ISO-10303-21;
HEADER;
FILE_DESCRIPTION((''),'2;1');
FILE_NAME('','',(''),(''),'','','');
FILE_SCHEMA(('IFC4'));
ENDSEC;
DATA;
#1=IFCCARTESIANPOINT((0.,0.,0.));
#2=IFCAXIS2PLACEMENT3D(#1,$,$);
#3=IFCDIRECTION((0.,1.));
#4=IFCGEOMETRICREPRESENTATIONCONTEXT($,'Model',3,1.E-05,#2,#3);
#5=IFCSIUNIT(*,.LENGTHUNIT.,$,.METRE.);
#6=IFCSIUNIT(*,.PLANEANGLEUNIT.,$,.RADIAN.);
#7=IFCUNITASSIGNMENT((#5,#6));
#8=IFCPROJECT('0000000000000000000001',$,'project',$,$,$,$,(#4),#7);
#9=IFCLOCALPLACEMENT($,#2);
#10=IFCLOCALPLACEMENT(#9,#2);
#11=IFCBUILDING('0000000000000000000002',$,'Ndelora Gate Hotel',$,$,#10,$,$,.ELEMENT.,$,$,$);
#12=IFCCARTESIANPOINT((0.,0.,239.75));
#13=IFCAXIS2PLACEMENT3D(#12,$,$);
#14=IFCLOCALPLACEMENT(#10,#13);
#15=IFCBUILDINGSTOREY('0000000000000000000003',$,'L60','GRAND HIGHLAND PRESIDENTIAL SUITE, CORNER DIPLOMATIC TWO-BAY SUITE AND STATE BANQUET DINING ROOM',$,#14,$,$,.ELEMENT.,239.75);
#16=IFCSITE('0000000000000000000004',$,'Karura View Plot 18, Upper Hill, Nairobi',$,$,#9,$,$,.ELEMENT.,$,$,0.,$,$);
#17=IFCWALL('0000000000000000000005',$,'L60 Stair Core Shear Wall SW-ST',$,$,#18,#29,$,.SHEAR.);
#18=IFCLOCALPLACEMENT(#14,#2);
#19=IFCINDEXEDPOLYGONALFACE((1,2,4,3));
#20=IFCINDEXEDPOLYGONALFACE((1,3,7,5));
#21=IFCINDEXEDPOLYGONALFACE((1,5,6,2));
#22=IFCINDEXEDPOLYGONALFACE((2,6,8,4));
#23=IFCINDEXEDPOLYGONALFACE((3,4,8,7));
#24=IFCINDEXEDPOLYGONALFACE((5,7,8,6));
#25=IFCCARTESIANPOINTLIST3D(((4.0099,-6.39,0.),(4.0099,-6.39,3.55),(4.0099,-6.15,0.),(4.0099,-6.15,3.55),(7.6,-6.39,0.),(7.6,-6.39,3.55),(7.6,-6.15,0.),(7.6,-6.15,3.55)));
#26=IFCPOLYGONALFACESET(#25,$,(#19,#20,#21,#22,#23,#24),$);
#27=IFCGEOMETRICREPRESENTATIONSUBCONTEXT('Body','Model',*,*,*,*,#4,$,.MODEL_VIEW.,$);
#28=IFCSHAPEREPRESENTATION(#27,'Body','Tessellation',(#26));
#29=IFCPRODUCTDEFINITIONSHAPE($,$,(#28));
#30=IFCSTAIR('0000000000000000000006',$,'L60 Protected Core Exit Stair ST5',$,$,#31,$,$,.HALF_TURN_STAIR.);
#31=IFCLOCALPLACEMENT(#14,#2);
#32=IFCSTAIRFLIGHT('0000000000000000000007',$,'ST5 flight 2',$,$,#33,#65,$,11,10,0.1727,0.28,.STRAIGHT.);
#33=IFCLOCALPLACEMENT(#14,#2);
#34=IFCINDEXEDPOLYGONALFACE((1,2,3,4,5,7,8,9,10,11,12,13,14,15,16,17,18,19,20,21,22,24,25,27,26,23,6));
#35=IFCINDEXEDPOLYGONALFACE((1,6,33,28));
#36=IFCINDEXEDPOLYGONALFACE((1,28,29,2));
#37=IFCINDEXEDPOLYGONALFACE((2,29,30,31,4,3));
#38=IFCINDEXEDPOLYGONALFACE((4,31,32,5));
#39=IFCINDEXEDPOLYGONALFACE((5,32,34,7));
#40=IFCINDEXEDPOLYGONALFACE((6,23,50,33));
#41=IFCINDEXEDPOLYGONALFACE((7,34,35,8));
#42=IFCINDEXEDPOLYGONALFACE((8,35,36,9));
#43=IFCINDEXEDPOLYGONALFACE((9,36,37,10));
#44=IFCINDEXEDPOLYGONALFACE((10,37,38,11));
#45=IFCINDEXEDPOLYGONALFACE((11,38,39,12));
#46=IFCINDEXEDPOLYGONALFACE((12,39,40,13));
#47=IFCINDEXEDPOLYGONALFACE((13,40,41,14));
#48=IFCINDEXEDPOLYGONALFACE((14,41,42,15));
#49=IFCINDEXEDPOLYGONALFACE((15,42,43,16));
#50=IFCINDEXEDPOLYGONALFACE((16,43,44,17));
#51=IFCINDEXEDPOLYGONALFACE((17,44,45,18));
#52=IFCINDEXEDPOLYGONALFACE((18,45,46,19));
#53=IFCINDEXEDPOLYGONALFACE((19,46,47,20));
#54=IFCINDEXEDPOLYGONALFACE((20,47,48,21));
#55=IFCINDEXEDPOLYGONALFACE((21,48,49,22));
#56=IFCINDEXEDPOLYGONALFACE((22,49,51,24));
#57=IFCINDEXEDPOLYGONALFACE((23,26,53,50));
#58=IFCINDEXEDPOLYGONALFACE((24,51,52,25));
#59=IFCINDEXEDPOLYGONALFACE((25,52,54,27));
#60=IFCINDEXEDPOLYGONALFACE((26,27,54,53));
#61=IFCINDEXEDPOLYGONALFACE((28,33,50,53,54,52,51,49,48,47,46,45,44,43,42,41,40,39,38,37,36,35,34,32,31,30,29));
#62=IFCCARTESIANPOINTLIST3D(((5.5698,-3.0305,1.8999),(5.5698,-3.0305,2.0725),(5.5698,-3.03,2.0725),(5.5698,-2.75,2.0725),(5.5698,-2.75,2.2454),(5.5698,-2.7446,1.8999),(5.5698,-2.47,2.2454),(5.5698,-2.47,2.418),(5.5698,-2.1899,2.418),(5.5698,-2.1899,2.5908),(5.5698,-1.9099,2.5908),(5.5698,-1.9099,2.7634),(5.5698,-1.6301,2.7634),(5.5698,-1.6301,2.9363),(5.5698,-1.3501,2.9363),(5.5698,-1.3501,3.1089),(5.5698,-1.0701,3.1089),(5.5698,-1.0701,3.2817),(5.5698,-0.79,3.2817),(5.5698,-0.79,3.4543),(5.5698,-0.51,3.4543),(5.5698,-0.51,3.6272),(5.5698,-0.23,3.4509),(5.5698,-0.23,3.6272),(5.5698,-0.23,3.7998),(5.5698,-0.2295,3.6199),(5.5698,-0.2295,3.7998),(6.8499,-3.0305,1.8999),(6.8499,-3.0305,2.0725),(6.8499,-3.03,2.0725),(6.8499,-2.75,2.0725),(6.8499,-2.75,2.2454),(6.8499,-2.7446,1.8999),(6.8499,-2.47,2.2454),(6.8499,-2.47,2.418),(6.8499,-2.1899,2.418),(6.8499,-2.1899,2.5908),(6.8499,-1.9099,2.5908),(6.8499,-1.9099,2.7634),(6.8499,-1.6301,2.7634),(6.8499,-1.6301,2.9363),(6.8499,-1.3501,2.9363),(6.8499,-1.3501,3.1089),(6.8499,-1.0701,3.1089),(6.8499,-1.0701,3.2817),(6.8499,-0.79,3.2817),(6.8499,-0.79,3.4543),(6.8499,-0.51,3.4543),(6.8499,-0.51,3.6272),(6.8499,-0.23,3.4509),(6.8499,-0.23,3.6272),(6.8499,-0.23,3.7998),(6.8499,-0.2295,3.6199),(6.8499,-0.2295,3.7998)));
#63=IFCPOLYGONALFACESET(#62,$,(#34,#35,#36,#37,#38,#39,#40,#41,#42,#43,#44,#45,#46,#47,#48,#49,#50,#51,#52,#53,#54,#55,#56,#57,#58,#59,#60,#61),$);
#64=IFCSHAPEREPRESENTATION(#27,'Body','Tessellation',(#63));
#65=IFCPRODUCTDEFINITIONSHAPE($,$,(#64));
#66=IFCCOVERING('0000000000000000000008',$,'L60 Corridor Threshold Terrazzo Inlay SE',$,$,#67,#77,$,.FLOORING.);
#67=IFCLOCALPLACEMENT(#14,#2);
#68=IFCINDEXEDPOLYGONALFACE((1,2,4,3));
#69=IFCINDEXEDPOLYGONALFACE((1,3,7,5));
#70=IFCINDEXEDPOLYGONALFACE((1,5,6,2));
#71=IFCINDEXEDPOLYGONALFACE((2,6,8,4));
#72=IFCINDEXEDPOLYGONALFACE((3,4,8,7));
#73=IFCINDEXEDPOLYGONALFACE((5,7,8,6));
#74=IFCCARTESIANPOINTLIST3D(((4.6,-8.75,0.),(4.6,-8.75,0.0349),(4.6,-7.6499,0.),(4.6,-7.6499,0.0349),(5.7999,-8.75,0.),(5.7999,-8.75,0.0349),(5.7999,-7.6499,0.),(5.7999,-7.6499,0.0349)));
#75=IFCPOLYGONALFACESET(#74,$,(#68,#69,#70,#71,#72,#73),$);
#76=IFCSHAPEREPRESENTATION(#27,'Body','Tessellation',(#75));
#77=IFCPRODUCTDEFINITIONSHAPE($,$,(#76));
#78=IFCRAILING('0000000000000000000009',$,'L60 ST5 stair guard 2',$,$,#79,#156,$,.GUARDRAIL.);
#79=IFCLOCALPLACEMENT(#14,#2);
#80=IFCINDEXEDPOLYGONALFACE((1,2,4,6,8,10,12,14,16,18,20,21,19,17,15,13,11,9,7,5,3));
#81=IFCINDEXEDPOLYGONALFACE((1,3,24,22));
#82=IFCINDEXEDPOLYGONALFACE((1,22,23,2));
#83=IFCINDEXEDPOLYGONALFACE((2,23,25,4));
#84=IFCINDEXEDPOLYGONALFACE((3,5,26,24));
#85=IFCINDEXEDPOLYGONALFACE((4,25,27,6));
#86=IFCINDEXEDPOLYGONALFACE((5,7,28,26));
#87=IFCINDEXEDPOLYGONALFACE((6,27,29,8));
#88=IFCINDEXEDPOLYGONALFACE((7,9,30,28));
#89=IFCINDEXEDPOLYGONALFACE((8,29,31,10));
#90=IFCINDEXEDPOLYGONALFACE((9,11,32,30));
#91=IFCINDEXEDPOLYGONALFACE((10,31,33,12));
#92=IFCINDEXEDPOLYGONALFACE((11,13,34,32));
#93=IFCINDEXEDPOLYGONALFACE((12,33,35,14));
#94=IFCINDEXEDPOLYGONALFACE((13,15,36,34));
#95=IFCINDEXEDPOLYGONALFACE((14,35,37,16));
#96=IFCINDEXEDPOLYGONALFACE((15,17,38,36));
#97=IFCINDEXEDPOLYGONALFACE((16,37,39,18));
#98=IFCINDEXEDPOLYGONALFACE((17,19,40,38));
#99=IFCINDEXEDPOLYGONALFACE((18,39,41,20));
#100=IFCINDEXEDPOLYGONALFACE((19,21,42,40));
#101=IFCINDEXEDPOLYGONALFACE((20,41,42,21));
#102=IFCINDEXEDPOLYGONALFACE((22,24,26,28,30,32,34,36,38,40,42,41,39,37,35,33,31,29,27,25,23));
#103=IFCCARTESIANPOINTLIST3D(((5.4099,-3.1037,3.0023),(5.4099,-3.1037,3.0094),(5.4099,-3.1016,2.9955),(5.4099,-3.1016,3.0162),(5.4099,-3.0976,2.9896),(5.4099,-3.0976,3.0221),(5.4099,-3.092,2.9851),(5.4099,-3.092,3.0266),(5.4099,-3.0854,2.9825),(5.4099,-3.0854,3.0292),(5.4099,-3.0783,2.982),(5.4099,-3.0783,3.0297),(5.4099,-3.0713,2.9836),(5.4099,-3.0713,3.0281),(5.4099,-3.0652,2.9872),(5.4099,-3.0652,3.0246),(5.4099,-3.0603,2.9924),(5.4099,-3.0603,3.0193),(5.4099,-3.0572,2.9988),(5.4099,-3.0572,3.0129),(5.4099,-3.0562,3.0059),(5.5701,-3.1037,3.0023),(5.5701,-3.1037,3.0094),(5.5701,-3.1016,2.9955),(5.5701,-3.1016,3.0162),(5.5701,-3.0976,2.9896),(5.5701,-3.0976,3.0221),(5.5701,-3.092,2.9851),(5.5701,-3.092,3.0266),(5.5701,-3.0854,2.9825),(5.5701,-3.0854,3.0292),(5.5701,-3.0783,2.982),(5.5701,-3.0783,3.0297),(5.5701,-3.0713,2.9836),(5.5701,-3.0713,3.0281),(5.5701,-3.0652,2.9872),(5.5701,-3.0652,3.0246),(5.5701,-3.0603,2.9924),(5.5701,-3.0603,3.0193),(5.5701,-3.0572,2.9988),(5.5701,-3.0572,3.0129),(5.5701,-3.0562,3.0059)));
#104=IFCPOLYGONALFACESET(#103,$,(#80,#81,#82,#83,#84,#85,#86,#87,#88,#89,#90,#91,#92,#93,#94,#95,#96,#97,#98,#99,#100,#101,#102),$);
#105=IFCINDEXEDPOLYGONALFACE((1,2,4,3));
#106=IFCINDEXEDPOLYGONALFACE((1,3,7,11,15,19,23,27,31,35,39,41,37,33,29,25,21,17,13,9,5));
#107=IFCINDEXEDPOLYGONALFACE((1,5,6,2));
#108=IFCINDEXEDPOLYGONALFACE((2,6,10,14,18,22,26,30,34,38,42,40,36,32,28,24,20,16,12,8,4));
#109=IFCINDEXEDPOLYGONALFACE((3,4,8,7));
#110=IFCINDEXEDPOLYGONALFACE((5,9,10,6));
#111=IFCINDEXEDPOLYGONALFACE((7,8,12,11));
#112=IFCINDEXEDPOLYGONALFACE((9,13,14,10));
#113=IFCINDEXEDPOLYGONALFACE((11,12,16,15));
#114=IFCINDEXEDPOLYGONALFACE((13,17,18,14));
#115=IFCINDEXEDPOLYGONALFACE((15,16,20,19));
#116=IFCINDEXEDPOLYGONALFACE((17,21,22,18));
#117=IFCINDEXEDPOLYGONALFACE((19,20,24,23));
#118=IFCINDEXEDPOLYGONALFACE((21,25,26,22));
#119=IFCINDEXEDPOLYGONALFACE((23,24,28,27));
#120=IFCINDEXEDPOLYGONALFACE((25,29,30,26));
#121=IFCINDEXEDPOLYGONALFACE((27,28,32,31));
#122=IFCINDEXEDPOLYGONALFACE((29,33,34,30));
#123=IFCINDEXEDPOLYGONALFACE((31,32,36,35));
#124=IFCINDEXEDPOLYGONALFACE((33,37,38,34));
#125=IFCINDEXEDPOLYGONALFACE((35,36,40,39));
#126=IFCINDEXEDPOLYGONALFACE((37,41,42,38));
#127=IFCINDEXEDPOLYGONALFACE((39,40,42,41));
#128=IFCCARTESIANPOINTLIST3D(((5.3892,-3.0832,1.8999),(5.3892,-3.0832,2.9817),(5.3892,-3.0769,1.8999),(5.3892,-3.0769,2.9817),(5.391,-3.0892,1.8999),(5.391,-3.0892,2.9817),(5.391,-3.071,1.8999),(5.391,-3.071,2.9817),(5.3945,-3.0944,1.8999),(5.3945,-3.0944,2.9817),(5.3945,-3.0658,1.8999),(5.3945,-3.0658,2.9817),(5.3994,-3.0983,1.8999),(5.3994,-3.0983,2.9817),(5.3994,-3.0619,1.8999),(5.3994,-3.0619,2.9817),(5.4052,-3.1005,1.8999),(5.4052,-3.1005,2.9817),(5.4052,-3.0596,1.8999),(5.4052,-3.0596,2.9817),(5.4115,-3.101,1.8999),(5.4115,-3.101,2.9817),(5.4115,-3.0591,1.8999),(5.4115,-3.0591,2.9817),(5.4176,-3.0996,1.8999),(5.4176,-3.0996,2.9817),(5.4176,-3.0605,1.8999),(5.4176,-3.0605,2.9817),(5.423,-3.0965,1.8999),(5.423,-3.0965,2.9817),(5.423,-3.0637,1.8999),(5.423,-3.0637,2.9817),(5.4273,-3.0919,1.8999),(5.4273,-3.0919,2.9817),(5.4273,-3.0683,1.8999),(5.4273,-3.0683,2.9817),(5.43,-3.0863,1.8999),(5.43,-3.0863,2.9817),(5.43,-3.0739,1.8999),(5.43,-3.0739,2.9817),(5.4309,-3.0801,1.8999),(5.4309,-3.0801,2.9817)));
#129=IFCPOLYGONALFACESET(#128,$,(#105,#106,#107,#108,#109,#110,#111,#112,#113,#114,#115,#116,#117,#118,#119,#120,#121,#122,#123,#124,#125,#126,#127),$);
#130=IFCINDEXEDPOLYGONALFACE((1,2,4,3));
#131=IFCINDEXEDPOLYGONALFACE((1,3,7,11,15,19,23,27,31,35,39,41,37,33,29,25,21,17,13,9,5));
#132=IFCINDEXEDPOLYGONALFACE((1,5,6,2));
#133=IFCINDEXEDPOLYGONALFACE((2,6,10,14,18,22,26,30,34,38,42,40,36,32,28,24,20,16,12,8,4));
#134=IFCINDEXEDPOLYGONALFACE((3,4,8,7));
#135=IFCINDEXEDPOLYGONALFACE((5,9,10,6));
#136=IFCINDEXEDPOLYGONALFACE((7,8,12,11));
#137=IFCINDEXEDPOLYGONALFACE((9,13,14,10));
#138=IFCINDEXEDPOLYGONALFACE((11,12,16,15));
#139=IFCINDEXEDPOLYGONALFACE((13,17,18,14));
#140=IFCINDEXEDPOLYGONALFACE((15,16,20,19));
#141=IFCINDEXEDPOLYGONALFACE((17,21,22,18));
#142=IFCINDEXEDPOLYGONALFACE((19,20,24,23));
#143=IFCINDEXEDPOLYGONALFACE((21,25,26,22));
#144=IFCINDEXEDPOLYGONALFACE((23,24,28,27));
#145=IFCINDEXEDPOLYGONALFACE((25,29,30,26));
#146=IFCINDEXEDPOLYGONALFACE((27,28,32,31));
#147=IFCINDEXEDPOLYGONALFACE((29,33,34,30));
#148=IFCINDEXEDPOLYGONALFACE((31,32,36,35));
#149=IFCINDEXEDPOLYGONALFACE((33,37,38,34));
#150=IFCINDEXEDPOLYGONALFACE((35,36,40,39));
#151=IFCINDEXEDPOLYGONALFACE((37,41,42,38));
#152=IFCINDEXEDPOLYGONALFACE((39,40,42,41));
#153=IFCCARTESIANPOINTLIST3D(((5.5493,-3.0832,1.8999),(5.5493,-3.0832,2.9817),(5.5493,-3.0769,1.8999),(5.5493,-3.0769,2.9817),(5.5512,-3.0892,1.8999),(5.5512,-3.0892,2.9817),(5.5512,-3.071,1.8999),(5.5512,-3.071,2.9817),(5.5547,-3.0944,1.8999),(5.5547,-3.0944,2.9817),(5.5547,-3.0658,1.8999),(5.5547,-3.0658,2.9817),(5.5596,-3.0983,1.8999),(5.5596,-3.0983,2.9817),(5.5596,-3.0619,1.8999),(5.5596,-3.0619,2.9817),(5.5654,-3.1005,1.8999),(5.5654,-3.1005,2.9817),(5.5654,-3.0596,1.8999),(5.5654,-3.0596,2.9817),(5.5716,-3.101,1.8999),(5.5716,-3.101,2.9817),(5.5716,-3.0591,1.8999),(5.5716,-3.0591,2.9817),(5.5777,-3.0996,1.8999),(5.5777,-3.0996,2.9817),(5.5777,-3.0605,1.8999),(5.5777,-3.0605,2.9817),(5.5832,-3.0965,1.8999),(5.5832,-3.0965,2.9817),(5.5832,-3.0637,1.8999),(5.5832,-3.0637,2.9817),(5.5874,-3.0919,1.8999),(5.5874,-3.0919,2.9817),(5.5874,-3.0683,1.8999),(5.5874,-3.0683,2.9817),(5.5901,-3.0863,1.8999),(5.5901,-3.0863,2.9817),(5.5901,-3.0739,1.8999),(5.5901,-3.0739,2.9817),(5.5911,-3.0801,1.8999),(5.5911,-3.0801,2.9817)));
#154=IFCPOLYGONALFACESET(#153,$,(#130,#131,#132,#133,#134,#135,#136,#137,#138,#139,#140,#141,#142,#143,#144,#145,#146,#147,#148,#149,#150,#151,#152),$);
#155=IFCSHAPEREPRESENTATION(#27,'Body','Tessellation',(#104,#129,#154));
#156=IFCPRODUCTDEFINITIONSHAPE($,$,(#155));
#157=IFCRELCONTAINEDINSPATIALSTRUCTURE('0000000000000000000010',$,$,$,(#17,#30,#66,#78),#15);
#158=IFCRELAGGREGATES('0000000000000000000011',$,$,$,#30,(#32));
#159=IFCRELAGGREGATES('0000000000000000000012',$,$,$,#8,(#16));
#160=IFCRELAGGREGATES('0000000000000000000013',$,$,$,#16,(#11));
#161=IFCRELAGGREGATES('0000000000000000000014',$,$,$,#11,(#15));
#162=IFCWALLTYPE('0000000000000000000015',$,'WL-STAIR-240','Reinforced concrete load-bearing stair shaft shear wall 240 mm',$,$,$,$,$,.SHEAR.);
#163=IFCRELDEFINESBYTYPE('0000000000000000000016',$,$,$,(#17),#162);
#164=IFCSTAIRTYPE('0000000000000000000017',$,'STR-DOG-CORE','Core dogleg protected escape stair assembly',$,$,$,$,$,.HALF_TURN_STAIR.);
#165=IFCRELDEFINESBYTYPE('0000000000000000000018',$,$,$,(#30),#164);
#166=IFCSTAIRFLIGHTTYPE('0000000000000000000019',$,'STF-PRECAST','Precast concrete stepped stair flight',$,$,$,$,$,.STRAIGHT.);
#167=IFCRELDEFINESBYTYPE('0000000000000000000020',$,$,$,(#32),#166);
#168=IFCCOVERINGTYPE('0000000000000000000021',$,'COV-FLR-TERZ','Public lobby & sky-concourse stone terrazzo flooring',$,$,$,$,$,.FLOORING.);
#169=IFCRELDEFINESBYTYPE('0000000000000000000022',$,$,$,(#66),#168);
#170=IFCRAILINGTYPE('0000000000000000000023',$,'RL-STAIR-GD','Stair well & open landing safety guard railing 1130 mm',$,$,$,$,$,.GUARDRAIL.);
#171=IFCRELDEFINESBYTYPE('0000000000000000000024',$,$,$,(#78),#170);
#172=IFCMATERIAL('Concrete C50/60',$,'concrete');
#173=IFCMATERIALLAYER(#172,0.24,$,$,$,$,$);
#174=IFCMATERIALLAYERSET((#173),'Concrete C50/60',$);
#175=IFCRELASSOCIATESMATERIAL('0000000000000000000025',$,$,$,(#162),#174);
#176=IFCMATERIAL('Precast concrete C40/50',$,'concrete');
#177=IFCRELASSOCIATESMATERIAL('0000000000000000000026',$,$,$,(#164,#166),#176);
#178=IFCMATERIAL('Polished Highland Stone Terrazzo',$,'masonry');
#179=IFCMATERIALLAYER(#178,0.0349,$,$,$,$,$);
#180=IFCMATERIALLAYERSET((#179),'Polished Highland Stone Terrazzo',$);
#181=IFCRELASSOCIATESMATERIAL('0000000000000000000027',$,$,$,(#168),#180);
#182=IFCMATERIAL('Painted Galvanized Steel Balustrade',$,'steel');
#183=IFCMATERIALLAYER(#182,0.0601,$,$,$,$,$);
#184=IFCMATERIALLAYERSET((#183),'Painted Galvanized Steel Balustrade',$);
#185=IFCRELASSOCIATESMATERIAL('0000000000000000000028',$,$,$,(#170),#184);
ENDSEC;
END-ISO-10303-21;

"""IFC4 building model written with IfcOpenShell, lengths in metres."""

from ifc_helpers import new_model, si_unit, direction, frame, frame_2d, origin, origin_2d, place, context, subcontext, project, spatial, polyline, rectangle, circle, outline, extrude, material, layer, layer_set, type_object, element, aggregate, save


model = new_model("IFC4")

# Units and contexts
model_context = context("Model", 3, precision=1e-05, world=origin(), true_north=direction((0.0, 1.0)))
body_context = subcontext(model_context, "Body", "Model", "MODEL_VIEW")
ifc_project = project(units=[si_unit("LENGTHUNIT", "METRE"), si_unit("PLANEANGLEUNIT", "RADIAN")], contexts=[model_context])

# Site, building, storey
site_placement = place(None, origin())
site = spatial("IfcSite", under=ifc_project, at=site_placement, Name="Karura View Plot 18, Upper Hill, Nairobi", CompositionType="ELEMENT", RefElevation=0.0)
building_placement = place(site_placement, origin())
building = spatial("IfcBuilding", under=site, at=building_placement, Name="Ndelora Gate Hotel", CompositionType="ELEMENT")
storey_placement = place(building_placement, frame((0.0, 0.0, 239.75)))
storey = spatial("IfcBuildingStorey", under=building, at=storey_placement, Name="L60", Description="GRAND HIGHLAND PRESIDENTIAL SUITE, CORNER DIPLOMATIC TWO-BAY SUITE AND STATE BANQUET DINING ROOM", CompositionType="ELEMENT", Elevation=239.75)

# Shared definitions
ifc_material_1 = material(Name="Concrete C50/60", Category="concrete")

# Wall
ifc_layer_1 = layer(ifc_material_1, 0.24)
ifc_layer_set_1 = layer_set([ifc_layer_1], Name="Concrete C50/60")
wall_type_1 = type_object("IfcWallType", Name="WL-STAIR-240", Description="Reinforced concrete load-bearing stair shaft shear wall 240 mm", PredefinedType="SHEAR", material=ifc_layer_set_1)
wall_1_placement = place(storey_placement, frame((4.01, -6.27, 0.0), z_axis=(0.0, 0.0, 1.0), x_axis=(1.0, 0.0, 0.0)))
element("IfcWall", 1, at=wall_1_placement, inside=storey, type_object=wall_type_1, Name="L60 Stair Core Shear Wall SW-ST", PredefinedType="SHEAR", context=body_context, shape_type="SweptSolid", body=[
    extrude(rectangle(XDim=3.5901, YDim=0.24, at=frame_2d((1.7949, 0.0))), origin(), (0.0, 0.0, 1.0), 3.55),
])

# Stair, stair flight
ifc_material_2 = material(Name="Precast concrete C40/50", Category="concrete")
stair_type = type_object("IfcStairType", Name="STR-DOG-CORE", Description="Core dogleg protected escape stair assembly", PredefinedType="HALF_TURN_STAIR", material=ifc_material_2)
stair_placement = place(storey_placement, origin())
stair = element("IfcStair", 2, at=stair_placement, inside=storey, type_object=stair_type, Name="L60 Protected Core Exit Stair ST5", PredefinedType="HALF_TURN_STAIR")
stair_flight_type = type_object("IfcStairFlightType", Name="STF-PRECAST", Description="Precast concrete stepped stair flight", PredefinedType="STRAIGHT", material=ifc_material_2)
stair_flight_placement = place(storey_placement, frame((6.21, -3.03, 1.8999), z_axis=(0.0, 0.0, 1.0), x_axis=(0.0, 1.0, 0.0)))
stair_flight = element("IfcStairFlight", 3, at=stair_flight_placement, type_object=stair_flight_type, Name="ST5 flight 2", NumberOfRisers=11, NumberOfTreads=10, PredefinedType="STRAIGHT", RiserHeight=0.1727, TreadLength=0.28, context=body_context, shape_type="SweptSolid", body=[
    extrude(outline(polyline([(-0.0005, 0.0), (-0.0005, 0.1726), (0.0, 0.1726), (0.28, 0.1726), (0.28, 0.3455), (0.5601, 0.3455), (0.5601, 0.5181), (0.8401, 0.5181), (0.8401, 0.6909), (1.1201, 0.6909), (1.1201, 0.8635), (1.3999, 0.8635), (1.3999, 1.0364), (1.6799, 1.0364), (1.6799, 1.209), (1.96, 1.209), (1.96, 1.3818), (2.24, 1.3818), (2.24, 1.5544), (2.52, 1.5544), (2.52, 1.7273), (2.8, 1.7273), (2.8, 1.8999), (2.8005, 1.8999), (2.8005, 1.72), (2.8, 1.551), (0.2854, 0.0), (-0.0005, 0.0)])), frame((0.0, 0.6401, 0.0), z_axis=(0.0, -1.0, 0.0), x_axis=(1.0, 0.0, 0.0)), (0.0, 0.0, 1.0), 1.28),
])
aggregate(stair, [stair_flight])

# Covering
ifc_material_3 = material(Name="Polished Highland Stone Terrazzo", Category="masonry")
ifc_layer_2 = layer(ifc_material_3, 0.0349)
ifc_layer_set_2 = layer_set([ifc_layer_2], Name="Polished Highland Stone Terrazzo")
covering_type = type_object("IfcCoveringType", Name="COV-FLR-TERZ", Description="Public lobby & sky-concourse stone terrazzo flooring", PredefinedType="FLOORING", material=ifc_layer_set_2)
covering_placement = place(storey_placement, frame((5.2, -8.2, 0.0), z_axis=(0.0, 0.0, 1.0), x_axis=(1.0, 0.0, 0.0)))
element("IfcCovering", 4, at=covering_placement, inside=storey, type_object=covering_type, Name="L60 Corridor Threshold Terrazzo Inlay SE", PredefinedType="FLOORING", context=body_context, shape_type="SweptSolid", body=[
    extrude(rectangle(XDim=1.2, YDim=1.1001, at=origin_2d()), origin(), (0.0, 0.0, 1.0), 0.0349),
])

# Railing
ifc_material_4 = material(Name="Painted Galvanized Steel Balustrade", Category="steel")
ifc_layer_3 = layer(ifc_material_4, 0.0601)
ifc_layer_set_3 = layer_set([ifc_layer_3], Name="Painted Galvanized Steel Balustrade")
railing_type_1 = type_object("IfcRailingType", Name="RL-STAIR-GD", Description="Stair well & open landing safety guard railing 1130 mm", PredefinedType="GUARDRAIL", material=ifc_layer_set_3)
railing_1_placement = place(storey_placement, frame((5.4099, -3.0801, 1.8999)))
element("IfcRailing", 5, at=railing_1_placement, inside=storey, type_object=railing_type_1, Name="L60 ST5 stair guard 2", PredefinedType="GUARDRAIL", context=body_context, shape_type="SweptSolid", body=[
    extrude(circle(Radius=0.0239, at=origin_2d()), frame((0.0, 0.0, 1.106), z_axis=(1.0, 0.0, 0.0), x_axis=(0.0, 1.0, 0.0)), (0.0, 0.0, 1.0), 0.1602),
    extrude(circle(Radius=0.021, at=origin_2d()), origin(), (0.0, 0.0, 1.0), 1.0818),
    extrude(circle(Radius=0.021, at=origin_2d()), frame((0.1602, 0.0, 0.0)), (0.0, 0.0, 1.0), 1.0818),
])

save(model, "model.ifc")
